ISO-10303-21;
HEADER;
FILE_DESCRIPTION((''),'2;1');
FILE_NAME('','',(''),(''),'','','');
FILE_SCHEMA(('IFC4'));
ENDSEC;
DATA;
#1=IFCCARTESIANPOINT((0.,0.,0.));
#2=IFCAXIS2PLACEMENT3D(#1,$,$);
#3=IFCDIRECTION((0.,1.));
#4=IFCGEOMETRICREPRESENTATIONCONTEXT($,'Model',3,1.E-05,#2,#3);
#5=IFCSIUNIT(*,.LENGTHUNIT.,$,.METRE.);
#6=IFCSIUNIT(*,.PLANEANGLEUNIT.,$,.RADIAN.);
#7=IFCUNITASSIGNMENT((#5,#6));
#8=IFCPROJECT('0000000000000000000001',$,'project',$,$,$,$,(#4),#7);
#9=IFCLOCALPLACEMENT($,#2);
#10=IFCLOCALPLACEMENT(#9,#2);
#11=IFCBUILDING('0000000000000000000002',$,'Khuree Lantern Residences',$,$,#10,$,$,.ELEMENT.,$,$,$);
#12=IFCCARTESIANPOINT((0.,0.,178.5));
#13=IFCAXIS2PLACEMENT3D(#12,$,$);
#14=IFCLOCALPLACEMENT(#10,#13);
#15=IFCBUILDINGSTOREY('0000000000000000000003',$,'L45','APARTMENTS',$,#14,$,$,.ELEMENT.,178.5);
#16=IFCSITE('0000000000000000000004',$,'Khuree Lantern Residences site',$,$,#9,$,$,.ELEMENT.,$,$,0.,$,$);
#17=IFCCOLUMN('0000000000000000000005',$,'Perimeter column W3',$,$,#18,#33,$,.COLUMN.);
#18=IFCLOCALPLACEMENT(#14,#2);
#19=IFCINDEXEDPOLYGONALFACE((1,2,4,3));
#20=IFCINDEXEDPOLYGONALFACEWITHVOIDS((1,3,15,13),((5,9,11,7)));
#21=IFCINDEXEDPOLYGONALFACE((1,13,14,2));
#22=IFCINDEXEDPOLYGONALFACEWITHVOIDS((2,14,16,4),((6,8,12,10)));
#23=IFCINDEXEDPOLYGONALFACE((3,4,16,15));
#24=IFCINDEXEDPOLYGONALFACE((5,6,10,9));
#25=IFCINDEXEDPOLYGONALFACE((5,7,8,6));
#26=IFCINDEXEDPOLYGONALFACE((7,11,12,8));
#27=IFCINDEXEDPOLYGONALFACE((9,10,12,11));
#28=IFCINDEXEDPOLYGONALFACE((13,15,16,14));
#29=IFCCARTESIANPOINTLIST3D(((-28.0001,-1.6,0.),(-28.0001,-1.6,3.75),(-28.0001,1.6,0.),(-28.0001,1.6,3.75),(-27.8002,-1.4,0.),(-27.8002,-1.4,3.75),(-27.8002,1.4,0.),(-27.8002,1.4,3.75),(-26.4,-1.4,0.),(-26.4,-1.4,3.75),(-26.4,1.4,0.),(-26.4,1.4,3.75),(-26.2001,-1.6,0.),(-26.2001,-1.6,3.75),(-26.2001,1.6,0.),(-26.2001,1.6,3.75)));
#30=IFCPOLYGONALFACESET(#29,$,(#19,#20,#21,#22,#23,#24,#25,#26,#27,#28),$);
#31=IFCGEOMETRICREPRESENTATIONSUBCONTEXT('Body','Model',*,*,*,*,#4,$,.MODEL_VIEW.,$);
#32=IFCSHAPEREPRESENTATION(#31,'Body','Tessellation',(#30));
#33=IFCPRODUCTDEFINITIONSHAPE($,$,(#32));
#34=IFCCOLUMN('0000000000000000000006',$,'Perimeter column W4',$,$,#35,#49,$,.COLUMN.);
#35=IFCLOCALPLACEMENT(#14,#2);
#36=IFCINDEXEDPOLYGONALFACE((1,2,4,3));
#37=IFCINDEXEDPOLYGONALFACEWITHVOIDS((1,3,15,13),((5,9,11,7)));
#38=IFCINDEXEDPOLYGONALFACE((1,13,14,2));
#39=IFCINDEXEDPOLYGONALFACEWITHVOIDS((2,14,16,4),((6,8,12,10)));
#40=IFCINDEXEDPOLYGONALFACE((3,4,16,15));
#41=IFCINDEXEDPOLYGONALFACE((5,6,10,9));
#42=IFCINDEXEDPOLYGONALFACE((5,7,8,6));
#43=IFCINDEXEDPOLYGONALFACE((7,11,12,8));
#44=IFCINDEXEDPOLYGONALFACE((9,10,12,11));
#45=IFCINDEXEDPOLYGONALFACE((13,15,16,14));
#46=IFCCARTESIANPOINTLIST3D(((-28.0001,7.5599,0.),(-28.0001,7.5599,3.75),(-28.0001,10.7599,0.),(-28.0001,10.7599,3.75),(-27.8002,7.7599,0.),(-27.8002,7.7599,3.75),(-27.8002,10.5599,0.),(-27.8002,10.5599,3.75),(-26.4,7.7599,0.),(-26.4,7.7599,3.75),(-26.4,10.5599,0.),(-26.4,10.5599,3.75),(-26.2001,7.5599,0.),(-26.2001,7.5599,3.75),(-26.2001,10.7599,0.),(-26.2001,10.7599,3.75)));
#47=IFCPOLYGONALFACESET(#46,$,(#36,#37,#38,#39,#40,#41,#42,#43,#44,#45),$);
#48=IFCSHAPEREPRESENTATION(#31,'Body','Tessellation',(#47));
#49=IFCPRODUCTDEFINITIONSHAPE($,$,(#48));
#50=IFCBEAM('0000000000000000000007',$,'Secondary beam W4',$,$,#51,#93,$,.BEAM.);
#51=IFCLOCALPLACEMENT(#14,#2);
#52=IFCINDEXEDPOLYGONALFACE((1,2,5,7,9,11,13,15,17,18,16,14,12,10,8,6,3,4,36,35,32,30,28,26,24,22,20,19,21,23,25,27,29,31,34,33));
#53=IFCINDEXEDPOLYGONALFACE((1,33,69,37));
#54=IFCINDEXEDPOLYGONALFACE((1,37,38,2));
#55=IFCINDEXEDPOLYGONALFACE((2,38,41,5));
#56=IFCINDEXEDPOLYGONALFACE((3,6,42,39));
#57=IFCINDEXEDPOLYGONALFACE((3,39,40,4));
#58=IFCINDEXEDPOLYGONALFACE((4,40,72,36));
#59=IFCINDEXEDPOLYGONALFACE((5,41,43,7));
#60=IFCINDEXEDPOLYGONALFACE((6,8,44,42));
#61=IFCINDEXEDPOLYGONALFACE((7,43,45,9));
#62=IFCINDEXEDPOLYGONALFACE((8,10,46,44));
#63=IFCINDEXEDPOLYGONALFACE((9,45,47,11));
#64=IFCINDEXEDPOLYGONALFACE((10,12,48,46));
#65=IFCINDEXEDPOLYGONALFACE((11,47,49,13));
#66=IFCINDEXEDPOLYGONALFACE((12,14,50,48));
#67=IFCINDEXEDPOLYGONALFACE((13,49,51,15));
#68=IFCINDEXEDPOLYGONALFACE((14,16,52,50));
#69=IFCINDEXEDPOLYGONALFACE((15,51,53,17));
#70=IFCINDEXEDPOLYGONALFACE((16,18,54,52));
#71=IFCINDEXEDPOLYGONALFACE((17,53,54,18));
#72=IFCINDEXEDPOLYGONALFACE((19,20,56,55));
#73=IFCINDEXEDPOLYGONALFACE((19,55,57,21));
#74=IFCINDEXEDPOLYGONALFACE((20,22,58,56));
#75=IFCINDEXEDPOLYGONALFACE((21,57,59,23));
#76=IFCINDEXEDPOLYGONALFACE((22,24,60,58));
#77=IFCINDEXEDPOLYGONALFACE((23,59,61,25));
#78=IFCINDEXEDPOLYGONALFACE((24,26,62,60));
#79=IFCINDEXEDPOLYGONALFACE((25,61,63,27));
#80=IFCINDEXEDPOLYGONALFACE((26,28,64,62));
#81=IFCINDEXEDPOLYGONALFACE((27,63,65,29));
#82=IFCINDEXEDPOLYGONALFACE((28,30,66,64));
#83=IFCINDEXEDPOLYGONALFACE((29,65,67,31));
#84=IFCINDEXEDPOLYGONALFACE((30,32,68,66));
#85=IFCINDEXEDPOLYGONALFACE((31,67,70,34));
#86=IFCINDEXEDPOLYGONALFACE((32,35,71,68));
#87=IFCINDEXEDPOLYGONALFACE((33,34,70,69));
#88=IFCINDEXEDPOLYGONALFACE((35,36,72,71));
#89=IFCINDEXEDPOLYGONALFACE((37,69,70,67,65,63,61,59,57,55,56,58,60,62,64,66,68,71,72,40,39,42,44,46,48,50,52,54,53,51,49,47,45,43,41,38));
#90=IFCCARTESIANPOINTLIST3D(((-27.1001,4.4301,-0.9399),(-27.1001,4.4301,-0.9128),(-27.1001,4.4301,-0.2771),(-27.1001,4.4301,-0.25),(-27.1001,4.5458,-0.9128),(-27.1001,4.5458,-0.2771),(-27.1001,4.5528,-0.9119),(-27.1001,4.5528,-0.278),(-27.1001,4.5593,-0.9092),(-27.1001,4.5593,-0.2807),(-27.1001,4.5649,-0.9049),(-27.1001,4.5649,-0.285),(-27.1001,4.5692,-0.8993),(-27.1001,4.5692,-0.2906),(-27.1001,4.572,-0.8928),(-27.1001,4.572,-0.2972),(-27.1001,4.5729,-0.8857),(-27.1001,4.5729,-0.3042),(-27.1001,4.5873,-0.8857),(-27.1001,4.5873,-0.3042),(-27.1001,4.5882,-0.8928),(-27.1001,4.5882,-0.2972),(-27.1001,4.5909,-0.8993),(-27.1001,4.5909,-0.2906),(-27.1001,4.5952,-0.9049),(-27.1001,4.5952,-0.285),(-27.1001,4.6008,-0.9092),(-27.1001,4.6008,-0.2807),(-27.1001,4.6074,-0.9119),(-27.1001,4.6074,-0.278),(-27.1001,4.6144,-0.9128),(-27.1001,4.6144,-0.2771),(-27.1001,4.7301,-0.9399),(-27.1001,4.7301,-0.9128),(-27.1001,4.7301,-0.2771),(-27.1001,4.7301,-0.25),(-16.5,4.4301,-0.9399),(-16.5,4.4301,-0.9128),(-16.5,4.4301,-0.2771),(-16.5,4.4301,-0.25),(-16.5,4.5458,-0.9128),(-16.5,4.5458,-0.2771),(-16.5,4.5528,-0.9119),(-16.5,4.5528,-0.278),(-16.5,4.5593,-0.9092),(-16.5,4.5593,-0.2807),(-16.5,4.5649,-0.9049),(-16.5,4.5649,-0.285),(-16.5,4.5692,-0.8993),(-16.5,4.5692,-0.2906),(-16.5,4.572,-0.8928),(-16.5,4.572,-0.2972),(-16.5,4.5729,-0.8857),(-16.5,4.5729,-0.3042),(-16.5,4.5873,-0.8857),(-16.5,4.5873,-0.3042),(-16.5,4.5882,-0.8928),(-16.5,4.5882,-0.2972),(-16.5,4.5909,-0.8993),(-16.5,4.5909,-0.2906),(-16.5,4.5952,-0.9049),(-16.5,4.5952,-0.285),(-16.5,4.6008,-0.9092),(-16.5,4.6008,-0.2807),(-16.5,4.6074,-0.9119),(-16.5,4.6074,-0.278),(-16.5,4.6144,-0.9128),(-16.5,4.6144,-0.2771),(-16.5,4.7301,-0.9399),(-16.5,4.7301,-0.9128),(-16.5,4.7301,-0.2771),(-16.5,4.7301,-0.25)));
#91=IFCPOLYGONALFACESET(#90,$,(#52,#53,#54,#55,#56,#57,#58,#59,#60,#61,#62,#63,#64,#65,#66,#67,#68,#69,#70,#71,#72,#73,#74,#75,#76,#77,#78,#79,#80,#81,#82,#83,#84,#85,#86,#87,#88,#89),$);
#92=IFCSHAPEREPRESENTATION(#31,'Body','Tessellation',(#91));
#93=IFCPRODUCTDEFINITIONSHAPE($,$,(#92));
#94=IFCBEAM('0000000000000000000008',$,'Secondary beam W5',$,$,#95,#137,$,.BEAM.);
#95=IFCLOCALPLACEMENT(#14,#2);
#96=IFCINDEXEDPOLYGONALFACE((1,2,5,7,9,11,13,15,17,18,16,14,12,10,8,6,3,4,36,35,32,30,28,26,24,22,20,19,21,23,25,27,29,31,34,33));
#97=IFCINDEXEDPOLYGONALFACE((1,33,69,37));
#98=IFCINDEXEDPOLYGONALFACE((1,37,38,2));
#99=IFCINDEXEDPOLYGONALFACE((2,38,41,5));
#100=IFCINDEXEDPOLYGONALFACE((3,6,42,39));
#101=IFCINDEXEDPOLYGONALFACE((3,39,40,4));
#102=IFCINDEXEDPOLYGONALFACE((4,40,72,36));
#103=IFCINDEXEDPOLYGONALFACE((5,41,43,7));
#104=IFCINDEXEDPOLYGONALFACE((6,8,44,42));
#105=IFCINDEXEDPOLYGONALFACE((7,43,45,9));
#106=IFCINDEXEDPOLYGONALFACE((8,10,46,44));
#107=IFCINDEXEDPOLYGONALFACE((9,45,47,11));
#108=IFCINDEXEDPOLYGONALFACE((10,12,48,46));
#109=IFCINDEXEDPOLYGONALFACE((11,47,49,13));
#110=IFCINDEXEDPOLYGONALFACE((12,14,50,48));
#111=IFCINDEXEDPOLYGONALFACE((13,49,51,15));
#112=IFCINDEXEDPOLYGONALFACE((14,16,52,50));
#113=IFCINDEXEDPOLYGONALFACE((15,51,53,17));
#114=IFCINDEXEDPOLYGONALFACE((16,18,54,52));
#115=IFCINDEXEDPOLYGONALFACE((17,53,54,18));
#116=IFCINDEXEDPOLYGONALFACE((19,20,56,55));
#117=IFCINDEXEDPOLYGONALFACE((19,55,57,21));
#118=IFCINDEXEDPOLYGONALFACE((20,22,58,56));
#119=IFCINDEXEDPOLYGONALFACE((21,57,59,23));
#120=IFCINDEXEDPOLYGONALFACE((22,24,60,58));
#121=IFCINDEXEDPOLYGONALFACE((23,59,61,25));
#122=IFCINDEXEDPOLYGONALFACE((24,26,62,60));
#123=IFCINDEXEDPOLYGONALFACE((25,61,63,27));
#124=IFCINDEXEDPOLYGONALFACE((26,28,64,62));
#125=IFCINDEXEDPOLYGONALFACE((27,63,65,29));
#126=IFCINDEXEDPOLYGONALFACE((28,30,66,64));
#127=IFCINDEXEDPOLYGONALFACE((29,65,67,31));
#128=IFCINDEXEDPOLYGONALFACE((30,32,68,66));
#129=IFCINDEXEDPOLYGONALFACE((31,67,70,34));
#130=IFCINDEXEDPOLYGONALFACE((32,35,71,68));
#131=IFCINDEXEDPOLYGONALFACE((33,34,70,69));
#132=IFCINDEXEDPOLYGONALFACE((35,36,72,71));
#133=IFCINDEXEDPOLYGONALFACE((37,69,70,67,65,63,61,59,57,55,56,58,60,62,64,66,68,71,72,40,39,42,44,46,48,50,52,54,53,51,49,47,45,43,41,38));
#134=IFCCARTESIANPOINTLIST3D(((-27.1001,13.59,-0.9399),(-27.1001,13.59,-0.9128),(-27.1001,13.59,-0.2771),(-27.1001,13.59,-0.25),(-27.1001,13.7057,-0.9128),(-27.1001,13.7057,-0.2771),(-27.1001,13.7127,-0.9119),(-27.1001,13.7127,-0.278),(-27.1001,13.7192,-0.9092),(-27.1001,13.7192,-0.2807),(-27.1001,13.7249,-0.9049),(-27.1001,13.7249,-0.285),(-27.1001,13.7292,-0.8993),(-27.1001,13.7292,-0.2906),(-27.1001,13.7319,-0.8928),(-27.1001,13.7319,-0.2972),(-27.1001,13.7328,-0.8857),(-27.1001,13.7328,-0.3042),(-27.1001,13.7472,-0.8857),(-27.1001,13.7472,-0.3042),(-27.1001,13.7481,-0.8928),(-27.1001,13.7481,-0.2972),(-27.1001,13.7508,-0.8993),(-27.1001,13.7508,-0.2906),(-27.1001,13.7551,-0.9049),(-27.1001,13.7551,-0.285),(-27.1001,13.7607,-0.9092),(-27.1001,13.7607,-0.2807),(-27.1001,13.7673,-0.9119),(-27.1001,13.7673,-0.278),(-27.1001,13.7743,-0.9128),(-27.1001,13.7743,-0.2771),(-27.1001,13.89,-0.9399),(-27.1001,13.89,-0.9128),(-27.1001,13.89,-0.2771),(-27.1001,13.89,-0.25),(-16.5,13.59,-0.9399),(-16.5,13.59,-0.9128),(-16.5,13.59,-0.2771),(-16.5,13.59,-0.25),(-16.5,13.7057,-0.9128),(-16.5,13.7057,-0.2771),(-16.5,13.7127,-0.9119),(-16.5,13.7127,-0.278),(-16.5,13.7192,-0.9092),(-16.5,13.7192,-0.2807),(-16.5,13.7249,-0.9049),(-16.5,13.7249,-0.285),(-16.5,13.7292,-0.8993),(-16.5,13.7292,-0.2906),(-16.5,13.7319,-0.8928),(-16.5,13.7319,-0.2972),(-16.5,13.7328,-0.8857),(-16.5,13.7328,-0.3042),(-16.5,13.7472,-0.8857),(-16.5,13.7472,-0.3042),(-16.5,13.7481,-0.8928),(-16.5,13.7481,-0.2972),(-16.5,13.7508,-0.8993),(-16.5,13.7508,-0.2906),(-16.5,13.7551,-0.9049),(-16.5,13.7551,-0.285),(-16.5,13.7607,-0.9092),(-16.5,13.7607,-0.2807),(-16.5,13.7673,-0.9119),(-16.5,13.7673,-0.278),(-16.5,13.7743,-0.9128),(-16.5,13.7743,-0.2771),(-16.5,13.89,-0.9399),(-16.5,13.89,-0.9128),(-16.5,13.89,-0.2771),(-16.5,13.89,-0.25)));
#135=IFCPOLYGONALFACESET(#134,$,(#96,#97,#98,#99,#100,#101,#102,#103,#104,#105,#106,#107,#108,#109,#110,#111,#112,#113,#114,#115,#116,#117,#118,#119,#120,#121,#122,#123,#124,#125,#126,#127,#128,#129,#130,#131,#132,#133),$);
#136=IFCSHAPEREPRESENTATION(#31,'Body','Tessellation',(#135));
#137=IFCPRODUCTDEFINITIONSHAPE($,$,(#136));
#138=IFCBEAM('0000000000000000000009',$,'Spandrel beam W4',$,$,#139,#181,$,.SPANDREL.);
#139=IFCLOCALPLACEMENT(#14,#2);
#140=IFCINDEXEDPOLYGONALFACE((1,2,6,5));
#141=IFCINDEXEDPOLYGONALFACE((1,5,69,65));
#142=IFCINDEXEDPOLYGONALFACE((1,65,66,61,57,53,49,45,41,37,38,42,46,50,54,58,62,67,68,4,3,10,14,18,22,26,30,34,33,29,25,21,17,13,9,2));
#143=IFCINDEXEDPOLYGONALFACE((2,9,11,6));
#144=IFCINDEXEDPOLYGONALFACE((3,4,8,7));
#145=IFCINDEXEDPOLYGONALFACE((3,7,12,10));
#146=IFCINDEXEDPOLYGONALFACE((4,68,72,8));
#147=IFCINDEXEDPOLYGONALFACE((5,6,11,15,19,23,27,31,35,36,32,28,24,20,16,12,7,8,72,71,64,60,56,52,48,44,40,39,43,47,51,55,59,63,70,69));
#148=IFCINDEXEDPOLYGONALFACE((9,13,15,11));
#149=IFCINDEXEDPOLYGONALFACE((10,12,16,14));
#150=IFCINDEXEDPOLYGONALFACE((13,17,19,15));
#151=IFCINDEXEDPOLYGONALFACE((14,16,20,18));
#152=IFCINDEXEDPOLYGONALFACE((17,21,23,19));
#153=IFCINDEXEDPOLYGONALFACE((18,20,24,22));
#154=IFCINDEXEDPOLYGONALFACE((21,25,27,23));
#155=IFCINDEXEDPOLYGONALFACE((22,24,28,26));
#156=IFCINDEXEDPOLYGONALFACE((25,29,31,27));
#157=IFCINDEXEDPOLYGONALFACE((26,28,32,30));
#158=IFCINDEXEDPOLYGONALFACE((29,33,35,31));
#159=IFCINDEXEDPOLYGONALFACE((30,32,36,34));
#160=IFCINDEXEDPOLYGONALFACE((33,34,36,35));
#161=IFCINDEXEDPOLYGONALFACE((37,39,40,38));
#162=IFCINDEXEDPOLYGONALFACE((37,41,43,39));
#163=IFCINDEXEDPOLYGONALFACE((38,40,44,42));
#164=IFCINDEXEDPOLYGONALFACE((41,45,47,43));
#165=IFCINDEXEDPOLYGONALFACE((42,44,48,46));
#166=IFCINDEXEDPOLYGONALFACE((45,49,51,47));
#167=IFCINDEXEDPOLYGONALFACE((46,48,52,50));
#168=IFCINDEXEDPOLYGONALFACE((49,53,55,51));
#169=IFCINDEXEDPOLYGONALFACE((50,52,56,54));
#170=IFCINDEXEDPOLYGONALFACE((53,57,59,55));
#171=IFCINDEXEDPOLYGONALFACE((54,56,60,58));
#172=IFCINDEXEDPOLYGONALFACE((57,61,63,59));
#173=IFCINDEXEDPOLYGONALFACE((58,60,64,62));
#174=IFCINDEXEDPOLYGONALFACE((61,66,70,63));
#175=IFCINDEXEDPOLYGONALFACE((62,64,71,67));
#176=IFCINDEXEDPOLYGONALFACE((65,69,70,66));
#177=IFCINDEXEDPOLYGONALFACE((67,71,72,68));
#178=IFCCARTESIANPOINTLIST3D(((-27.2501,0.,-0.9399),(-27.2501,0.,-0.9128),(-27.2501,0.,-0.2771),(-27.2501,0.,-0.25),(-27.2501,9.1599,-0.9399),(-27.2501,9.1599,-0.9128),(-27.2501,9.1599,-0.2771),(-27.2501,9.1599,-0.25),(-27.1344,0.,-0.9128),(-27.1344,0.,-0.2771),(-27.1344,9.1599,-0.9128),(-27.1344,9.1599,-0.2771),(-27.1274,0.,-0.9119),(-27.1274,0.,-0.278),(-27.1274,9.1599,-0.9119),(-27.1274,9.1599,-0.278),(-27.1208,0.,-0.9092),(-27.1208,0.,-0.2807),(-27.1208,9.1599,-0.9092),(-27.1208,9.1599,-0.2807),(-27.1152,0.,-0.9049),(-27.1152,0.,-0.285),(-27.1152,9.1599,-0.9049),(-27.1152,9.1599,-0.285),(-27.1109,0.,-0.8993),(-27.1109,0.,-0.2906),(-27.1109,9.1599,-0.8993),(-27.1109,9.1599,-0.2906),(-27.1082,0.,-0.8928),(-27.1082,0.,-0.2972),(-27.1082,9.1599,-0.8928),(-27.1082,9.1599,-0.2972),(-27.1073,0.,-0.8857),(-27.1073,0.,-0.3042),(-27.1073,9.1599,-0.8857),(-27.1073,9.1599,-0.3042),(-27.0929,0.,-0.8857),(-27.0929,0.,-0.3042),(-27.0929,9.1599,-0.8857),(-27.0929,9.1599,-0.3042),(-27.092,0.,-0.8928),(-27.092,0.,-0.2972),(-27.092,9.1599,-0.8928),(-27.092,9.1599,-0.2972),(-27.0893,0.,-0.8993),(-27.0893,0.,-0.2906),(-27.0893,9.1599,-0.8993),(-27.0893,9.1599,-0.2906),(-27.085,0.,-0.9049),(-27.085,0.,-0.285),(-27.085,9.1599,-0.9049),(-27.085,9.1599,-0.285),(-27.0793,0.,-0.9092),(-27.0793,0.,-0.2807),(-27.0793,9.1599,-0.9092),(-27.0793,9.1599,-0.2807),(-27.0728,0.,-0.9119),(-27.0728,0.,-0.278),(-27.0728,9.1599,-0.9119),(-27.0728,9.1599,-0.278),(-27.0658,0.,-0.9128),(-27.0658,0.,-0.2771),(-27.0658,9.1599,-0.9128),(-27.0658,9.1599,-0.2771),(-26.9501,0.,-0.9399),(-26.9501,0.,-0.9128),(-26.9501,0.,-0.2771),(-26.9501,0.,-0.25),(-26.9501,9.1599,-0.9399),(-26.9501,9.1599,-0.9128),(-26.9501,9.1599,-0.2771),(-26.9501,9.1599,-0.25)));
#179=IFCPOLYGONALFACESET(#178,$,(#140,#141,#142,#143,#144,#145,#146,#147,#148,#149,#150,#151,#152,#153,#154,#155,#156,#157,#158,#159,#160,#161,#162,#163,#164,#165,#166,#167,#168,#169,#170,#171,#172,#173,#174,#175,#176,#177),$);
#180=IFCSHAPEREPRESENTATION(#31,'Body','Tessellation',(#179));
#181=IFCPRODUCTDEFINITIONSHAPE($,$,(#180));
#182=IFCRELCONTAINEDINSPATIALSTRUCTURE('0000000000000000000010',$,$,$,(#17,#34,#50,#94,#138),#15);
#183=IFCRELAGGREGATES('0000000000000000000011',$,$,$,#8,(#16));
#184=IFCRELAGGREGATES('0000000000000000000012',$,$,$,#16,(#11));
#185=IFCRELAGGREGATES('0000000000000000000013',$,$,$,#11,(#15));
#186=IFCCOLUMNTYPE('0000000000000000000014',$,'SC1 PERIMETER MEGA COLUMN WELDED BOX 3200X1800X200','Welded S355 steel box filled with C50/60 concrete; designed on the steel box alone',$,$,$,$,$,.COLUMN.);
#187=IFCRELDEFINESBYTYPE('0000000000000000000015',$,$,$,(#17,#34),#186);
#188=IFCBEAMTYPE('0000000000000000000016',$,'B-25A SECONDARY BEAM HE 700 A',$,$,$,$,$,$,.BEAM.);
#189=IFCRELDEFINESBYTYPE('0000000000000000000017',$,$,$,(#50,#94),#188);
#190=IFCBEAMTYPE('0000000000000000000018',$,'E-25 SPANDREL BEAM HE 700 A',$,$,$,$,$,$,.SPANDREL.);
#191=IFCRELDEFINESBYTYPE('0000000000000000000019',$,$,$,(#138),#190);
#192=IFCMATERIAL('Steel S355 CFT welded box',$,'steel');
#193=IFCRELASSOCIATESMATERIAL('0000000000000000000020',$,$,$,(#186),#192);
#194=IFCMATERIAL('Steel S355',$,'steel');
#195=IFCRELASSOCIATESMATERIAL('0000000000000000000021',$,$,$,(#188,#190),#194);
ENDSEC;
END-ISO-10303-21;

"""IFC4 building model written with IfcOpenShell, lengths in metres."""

from ifc_helpers import new_model, si_unit, direction, frame, origin, origin_2d, place, context, subcontext, project, spatial, hollow_rectangle, i_section, extrude, material, material_profile, profile_set, type_object, element, save


model = new_model("IFC4")

# Units and contexts
model_context = context("Model", 3, precision=1e-05, world=origin(), true_north=direction((0.0, 1.0)))
body_context = subcontext(model_context, "Body", "Model", "MODEL_VIEW")
ifc_project = project(units=[si_unit("LENGTHUNIT", "METRE"), si_unit("PLANEANGLEUNIT", "RADIAN")], contexts=[model_context])

# Site, building, storey
site_placement = place(None, origin())
site = spatial("IfcSite", under=ifc_project, at=site_placement, Name="Khuree Lantern Residences site", CompositionType="ELEMENT", RefElevation=0.0)
building_placement = place(site_placement, origin())
building = spatial("IfcBuilding", under=site, at=building_placement, Name="Khuree Lantern Residences", CompositionType="ELEMENT")
storey_placement = place(building_placement, frame((0.0, 0.0, 178.5)))
storey = spatial("IfcBuildingStorey", under=building, at=storey_placement, Name="L45", Description="APARTMENTS", CompositionType="ELEMENT", Elevation=178.5)

# Columns
ifc_material_1 = material(Name="Steel S355 CFT welded box", Category="steel")
ifc_material_profile_1 = material_profile(ifc_material_1, hollow_rectangle(XDim=3.2, YDim=1.8, WallThickness=0.2, at=origin_2d()), Name="WELDED BOX 3200X1800X200")
ifc_profile_set_1 = profile_set([ifc_material_profile_1], Name="Steel S355 CFT welded box")
column_type = type_object("IfcColumnType", Name="SC1 PERIMETER MEGA COLUMN WELDED BOX 3200X1800X200", Description="Welded S355 steel box filled with C50/60 concrete; designed on the steel box alone", PredefinedType="COLUMN", material=ifc_profile_set_1)
for number, where, z_axis, x_axis, name in (
    (1, (-27.1001, 0.0, 0.0), (0.0, 0.0, 1.0), (0.0, 1.0, 0.0), "Perimeter column W3"),
    (2, (-27.1001, 9.1599, 0.0), (0.0, 0.0, 1.0), (0.0, 1.0, 0.0), "Perimeter column W4"),
):
    element("IfcColumn", number, at=place(storey_placement, frame(where, z_axis=z_axis, x_axis=x_axis)), inside=storey, type_object=column_type, Name=name, PredefinedType="COLUMN", context=body_context, shape_type="SweptSolid", body=[
        extrude(hollow_rectangle(XDim=3.2, YDim=1.8, WallThickness=0.2, at=origin_2d()), origin(), (0.0, 0.0, 1.0), 3.75),
    ])

# Beams
ifc_material_2 = material(Name="Steel S355", Category="steel")
ifc_material_profile_2 = material_profile(ifc_material_2, i_section(OverallWidth=0.3, OverallDepth=0.6899, WebThickness=0.0144, FlangeThickness=0.0271, FilletRadius=0.0271, at=origin_2d()), Name="HE 700 A")
ifc_profile_set_2 = profile_set([ifc_material_profile_2], Name="Steel S355")
beam_type_1 = type_object("IfcBeamType", Name="B-25A SECONDARY BEAM HE 700 A", PredefinedType="BEAM", material=ifc_profile_set_2)
for number, where, z_axis, x_axis, name in (
    (3, (-27.1001, 4.5801, -0.595), (1.0, 0.0, 0.0), (0.0, 1.0, 0.0), "Secondary beam W4"),
    (4, (-27.1001, 13.74, -0.595), (1.0, 0.0, 0.0), (0.0, 1.0, 0.0), "Secondary beam W5"),
):
    element("IfcBeam", number, at=place(storey_placement, frame(where, z_axis=z_axis, x_axis=x_axis)), inside=storey, type_object=beam_type_1, Name=name, PredefinedType="BEAM", context=body_context, shape_type="SweptSolid", body=[
        extrude(i_section(OverallWidth=0.3, OverallDepth=0.6899, WebThickness=0.0144, FlangeThickness=0.0271, FilletRadius=0.0271, at=origin_2d()), origin(), (0.0, 0.0, 1.0), 10.6001),
    ])
ifc_material_profile_3 = material_profile(ifc_material_2, i_section(OverallWidth=0.3, OverallDepth=0.6899, WebThickness=0.0144, FlangeThickness=0.0271, FilletRadius=0.0271, at=origin_2d()), Name="HE 700 A")
ifc_profile_set_3 = profile_set([ifc_material_profile_3], Name="Steel S355")
beam_type_2 = type_object("IfcBeamType", Name="E-25 SPANDREL BEAM HE 700 A", PredefinedType="SPANDREL", material=ifc_profile_set_3)
beam_1_placement = place(storey_placement, frame((-27.1001, 0.0, -0.595), z_axis=(0.0, 1.0, 0.0), x_axis=(-1.0, 0.0, 0.0)))
element("IfcBeam", 5, at=beam_1_placement, inside=storey, type_object=beam_type_2, Name="Spandrel beam W4", PredefinedType="SPANDREL", context=body_context, shape_type="SweptSolid", body=[
    extrude(i_section(OverallWidth=0.3, OverallDepth=0.6899, WebThickness=0.0144, FlangeThickness=0.0271, FilletRadius=0.0271, at=origin_2d()), origin(), (0.0, 0.0, 1.0), 9.1599),
])

save(model, "model.ifc")
